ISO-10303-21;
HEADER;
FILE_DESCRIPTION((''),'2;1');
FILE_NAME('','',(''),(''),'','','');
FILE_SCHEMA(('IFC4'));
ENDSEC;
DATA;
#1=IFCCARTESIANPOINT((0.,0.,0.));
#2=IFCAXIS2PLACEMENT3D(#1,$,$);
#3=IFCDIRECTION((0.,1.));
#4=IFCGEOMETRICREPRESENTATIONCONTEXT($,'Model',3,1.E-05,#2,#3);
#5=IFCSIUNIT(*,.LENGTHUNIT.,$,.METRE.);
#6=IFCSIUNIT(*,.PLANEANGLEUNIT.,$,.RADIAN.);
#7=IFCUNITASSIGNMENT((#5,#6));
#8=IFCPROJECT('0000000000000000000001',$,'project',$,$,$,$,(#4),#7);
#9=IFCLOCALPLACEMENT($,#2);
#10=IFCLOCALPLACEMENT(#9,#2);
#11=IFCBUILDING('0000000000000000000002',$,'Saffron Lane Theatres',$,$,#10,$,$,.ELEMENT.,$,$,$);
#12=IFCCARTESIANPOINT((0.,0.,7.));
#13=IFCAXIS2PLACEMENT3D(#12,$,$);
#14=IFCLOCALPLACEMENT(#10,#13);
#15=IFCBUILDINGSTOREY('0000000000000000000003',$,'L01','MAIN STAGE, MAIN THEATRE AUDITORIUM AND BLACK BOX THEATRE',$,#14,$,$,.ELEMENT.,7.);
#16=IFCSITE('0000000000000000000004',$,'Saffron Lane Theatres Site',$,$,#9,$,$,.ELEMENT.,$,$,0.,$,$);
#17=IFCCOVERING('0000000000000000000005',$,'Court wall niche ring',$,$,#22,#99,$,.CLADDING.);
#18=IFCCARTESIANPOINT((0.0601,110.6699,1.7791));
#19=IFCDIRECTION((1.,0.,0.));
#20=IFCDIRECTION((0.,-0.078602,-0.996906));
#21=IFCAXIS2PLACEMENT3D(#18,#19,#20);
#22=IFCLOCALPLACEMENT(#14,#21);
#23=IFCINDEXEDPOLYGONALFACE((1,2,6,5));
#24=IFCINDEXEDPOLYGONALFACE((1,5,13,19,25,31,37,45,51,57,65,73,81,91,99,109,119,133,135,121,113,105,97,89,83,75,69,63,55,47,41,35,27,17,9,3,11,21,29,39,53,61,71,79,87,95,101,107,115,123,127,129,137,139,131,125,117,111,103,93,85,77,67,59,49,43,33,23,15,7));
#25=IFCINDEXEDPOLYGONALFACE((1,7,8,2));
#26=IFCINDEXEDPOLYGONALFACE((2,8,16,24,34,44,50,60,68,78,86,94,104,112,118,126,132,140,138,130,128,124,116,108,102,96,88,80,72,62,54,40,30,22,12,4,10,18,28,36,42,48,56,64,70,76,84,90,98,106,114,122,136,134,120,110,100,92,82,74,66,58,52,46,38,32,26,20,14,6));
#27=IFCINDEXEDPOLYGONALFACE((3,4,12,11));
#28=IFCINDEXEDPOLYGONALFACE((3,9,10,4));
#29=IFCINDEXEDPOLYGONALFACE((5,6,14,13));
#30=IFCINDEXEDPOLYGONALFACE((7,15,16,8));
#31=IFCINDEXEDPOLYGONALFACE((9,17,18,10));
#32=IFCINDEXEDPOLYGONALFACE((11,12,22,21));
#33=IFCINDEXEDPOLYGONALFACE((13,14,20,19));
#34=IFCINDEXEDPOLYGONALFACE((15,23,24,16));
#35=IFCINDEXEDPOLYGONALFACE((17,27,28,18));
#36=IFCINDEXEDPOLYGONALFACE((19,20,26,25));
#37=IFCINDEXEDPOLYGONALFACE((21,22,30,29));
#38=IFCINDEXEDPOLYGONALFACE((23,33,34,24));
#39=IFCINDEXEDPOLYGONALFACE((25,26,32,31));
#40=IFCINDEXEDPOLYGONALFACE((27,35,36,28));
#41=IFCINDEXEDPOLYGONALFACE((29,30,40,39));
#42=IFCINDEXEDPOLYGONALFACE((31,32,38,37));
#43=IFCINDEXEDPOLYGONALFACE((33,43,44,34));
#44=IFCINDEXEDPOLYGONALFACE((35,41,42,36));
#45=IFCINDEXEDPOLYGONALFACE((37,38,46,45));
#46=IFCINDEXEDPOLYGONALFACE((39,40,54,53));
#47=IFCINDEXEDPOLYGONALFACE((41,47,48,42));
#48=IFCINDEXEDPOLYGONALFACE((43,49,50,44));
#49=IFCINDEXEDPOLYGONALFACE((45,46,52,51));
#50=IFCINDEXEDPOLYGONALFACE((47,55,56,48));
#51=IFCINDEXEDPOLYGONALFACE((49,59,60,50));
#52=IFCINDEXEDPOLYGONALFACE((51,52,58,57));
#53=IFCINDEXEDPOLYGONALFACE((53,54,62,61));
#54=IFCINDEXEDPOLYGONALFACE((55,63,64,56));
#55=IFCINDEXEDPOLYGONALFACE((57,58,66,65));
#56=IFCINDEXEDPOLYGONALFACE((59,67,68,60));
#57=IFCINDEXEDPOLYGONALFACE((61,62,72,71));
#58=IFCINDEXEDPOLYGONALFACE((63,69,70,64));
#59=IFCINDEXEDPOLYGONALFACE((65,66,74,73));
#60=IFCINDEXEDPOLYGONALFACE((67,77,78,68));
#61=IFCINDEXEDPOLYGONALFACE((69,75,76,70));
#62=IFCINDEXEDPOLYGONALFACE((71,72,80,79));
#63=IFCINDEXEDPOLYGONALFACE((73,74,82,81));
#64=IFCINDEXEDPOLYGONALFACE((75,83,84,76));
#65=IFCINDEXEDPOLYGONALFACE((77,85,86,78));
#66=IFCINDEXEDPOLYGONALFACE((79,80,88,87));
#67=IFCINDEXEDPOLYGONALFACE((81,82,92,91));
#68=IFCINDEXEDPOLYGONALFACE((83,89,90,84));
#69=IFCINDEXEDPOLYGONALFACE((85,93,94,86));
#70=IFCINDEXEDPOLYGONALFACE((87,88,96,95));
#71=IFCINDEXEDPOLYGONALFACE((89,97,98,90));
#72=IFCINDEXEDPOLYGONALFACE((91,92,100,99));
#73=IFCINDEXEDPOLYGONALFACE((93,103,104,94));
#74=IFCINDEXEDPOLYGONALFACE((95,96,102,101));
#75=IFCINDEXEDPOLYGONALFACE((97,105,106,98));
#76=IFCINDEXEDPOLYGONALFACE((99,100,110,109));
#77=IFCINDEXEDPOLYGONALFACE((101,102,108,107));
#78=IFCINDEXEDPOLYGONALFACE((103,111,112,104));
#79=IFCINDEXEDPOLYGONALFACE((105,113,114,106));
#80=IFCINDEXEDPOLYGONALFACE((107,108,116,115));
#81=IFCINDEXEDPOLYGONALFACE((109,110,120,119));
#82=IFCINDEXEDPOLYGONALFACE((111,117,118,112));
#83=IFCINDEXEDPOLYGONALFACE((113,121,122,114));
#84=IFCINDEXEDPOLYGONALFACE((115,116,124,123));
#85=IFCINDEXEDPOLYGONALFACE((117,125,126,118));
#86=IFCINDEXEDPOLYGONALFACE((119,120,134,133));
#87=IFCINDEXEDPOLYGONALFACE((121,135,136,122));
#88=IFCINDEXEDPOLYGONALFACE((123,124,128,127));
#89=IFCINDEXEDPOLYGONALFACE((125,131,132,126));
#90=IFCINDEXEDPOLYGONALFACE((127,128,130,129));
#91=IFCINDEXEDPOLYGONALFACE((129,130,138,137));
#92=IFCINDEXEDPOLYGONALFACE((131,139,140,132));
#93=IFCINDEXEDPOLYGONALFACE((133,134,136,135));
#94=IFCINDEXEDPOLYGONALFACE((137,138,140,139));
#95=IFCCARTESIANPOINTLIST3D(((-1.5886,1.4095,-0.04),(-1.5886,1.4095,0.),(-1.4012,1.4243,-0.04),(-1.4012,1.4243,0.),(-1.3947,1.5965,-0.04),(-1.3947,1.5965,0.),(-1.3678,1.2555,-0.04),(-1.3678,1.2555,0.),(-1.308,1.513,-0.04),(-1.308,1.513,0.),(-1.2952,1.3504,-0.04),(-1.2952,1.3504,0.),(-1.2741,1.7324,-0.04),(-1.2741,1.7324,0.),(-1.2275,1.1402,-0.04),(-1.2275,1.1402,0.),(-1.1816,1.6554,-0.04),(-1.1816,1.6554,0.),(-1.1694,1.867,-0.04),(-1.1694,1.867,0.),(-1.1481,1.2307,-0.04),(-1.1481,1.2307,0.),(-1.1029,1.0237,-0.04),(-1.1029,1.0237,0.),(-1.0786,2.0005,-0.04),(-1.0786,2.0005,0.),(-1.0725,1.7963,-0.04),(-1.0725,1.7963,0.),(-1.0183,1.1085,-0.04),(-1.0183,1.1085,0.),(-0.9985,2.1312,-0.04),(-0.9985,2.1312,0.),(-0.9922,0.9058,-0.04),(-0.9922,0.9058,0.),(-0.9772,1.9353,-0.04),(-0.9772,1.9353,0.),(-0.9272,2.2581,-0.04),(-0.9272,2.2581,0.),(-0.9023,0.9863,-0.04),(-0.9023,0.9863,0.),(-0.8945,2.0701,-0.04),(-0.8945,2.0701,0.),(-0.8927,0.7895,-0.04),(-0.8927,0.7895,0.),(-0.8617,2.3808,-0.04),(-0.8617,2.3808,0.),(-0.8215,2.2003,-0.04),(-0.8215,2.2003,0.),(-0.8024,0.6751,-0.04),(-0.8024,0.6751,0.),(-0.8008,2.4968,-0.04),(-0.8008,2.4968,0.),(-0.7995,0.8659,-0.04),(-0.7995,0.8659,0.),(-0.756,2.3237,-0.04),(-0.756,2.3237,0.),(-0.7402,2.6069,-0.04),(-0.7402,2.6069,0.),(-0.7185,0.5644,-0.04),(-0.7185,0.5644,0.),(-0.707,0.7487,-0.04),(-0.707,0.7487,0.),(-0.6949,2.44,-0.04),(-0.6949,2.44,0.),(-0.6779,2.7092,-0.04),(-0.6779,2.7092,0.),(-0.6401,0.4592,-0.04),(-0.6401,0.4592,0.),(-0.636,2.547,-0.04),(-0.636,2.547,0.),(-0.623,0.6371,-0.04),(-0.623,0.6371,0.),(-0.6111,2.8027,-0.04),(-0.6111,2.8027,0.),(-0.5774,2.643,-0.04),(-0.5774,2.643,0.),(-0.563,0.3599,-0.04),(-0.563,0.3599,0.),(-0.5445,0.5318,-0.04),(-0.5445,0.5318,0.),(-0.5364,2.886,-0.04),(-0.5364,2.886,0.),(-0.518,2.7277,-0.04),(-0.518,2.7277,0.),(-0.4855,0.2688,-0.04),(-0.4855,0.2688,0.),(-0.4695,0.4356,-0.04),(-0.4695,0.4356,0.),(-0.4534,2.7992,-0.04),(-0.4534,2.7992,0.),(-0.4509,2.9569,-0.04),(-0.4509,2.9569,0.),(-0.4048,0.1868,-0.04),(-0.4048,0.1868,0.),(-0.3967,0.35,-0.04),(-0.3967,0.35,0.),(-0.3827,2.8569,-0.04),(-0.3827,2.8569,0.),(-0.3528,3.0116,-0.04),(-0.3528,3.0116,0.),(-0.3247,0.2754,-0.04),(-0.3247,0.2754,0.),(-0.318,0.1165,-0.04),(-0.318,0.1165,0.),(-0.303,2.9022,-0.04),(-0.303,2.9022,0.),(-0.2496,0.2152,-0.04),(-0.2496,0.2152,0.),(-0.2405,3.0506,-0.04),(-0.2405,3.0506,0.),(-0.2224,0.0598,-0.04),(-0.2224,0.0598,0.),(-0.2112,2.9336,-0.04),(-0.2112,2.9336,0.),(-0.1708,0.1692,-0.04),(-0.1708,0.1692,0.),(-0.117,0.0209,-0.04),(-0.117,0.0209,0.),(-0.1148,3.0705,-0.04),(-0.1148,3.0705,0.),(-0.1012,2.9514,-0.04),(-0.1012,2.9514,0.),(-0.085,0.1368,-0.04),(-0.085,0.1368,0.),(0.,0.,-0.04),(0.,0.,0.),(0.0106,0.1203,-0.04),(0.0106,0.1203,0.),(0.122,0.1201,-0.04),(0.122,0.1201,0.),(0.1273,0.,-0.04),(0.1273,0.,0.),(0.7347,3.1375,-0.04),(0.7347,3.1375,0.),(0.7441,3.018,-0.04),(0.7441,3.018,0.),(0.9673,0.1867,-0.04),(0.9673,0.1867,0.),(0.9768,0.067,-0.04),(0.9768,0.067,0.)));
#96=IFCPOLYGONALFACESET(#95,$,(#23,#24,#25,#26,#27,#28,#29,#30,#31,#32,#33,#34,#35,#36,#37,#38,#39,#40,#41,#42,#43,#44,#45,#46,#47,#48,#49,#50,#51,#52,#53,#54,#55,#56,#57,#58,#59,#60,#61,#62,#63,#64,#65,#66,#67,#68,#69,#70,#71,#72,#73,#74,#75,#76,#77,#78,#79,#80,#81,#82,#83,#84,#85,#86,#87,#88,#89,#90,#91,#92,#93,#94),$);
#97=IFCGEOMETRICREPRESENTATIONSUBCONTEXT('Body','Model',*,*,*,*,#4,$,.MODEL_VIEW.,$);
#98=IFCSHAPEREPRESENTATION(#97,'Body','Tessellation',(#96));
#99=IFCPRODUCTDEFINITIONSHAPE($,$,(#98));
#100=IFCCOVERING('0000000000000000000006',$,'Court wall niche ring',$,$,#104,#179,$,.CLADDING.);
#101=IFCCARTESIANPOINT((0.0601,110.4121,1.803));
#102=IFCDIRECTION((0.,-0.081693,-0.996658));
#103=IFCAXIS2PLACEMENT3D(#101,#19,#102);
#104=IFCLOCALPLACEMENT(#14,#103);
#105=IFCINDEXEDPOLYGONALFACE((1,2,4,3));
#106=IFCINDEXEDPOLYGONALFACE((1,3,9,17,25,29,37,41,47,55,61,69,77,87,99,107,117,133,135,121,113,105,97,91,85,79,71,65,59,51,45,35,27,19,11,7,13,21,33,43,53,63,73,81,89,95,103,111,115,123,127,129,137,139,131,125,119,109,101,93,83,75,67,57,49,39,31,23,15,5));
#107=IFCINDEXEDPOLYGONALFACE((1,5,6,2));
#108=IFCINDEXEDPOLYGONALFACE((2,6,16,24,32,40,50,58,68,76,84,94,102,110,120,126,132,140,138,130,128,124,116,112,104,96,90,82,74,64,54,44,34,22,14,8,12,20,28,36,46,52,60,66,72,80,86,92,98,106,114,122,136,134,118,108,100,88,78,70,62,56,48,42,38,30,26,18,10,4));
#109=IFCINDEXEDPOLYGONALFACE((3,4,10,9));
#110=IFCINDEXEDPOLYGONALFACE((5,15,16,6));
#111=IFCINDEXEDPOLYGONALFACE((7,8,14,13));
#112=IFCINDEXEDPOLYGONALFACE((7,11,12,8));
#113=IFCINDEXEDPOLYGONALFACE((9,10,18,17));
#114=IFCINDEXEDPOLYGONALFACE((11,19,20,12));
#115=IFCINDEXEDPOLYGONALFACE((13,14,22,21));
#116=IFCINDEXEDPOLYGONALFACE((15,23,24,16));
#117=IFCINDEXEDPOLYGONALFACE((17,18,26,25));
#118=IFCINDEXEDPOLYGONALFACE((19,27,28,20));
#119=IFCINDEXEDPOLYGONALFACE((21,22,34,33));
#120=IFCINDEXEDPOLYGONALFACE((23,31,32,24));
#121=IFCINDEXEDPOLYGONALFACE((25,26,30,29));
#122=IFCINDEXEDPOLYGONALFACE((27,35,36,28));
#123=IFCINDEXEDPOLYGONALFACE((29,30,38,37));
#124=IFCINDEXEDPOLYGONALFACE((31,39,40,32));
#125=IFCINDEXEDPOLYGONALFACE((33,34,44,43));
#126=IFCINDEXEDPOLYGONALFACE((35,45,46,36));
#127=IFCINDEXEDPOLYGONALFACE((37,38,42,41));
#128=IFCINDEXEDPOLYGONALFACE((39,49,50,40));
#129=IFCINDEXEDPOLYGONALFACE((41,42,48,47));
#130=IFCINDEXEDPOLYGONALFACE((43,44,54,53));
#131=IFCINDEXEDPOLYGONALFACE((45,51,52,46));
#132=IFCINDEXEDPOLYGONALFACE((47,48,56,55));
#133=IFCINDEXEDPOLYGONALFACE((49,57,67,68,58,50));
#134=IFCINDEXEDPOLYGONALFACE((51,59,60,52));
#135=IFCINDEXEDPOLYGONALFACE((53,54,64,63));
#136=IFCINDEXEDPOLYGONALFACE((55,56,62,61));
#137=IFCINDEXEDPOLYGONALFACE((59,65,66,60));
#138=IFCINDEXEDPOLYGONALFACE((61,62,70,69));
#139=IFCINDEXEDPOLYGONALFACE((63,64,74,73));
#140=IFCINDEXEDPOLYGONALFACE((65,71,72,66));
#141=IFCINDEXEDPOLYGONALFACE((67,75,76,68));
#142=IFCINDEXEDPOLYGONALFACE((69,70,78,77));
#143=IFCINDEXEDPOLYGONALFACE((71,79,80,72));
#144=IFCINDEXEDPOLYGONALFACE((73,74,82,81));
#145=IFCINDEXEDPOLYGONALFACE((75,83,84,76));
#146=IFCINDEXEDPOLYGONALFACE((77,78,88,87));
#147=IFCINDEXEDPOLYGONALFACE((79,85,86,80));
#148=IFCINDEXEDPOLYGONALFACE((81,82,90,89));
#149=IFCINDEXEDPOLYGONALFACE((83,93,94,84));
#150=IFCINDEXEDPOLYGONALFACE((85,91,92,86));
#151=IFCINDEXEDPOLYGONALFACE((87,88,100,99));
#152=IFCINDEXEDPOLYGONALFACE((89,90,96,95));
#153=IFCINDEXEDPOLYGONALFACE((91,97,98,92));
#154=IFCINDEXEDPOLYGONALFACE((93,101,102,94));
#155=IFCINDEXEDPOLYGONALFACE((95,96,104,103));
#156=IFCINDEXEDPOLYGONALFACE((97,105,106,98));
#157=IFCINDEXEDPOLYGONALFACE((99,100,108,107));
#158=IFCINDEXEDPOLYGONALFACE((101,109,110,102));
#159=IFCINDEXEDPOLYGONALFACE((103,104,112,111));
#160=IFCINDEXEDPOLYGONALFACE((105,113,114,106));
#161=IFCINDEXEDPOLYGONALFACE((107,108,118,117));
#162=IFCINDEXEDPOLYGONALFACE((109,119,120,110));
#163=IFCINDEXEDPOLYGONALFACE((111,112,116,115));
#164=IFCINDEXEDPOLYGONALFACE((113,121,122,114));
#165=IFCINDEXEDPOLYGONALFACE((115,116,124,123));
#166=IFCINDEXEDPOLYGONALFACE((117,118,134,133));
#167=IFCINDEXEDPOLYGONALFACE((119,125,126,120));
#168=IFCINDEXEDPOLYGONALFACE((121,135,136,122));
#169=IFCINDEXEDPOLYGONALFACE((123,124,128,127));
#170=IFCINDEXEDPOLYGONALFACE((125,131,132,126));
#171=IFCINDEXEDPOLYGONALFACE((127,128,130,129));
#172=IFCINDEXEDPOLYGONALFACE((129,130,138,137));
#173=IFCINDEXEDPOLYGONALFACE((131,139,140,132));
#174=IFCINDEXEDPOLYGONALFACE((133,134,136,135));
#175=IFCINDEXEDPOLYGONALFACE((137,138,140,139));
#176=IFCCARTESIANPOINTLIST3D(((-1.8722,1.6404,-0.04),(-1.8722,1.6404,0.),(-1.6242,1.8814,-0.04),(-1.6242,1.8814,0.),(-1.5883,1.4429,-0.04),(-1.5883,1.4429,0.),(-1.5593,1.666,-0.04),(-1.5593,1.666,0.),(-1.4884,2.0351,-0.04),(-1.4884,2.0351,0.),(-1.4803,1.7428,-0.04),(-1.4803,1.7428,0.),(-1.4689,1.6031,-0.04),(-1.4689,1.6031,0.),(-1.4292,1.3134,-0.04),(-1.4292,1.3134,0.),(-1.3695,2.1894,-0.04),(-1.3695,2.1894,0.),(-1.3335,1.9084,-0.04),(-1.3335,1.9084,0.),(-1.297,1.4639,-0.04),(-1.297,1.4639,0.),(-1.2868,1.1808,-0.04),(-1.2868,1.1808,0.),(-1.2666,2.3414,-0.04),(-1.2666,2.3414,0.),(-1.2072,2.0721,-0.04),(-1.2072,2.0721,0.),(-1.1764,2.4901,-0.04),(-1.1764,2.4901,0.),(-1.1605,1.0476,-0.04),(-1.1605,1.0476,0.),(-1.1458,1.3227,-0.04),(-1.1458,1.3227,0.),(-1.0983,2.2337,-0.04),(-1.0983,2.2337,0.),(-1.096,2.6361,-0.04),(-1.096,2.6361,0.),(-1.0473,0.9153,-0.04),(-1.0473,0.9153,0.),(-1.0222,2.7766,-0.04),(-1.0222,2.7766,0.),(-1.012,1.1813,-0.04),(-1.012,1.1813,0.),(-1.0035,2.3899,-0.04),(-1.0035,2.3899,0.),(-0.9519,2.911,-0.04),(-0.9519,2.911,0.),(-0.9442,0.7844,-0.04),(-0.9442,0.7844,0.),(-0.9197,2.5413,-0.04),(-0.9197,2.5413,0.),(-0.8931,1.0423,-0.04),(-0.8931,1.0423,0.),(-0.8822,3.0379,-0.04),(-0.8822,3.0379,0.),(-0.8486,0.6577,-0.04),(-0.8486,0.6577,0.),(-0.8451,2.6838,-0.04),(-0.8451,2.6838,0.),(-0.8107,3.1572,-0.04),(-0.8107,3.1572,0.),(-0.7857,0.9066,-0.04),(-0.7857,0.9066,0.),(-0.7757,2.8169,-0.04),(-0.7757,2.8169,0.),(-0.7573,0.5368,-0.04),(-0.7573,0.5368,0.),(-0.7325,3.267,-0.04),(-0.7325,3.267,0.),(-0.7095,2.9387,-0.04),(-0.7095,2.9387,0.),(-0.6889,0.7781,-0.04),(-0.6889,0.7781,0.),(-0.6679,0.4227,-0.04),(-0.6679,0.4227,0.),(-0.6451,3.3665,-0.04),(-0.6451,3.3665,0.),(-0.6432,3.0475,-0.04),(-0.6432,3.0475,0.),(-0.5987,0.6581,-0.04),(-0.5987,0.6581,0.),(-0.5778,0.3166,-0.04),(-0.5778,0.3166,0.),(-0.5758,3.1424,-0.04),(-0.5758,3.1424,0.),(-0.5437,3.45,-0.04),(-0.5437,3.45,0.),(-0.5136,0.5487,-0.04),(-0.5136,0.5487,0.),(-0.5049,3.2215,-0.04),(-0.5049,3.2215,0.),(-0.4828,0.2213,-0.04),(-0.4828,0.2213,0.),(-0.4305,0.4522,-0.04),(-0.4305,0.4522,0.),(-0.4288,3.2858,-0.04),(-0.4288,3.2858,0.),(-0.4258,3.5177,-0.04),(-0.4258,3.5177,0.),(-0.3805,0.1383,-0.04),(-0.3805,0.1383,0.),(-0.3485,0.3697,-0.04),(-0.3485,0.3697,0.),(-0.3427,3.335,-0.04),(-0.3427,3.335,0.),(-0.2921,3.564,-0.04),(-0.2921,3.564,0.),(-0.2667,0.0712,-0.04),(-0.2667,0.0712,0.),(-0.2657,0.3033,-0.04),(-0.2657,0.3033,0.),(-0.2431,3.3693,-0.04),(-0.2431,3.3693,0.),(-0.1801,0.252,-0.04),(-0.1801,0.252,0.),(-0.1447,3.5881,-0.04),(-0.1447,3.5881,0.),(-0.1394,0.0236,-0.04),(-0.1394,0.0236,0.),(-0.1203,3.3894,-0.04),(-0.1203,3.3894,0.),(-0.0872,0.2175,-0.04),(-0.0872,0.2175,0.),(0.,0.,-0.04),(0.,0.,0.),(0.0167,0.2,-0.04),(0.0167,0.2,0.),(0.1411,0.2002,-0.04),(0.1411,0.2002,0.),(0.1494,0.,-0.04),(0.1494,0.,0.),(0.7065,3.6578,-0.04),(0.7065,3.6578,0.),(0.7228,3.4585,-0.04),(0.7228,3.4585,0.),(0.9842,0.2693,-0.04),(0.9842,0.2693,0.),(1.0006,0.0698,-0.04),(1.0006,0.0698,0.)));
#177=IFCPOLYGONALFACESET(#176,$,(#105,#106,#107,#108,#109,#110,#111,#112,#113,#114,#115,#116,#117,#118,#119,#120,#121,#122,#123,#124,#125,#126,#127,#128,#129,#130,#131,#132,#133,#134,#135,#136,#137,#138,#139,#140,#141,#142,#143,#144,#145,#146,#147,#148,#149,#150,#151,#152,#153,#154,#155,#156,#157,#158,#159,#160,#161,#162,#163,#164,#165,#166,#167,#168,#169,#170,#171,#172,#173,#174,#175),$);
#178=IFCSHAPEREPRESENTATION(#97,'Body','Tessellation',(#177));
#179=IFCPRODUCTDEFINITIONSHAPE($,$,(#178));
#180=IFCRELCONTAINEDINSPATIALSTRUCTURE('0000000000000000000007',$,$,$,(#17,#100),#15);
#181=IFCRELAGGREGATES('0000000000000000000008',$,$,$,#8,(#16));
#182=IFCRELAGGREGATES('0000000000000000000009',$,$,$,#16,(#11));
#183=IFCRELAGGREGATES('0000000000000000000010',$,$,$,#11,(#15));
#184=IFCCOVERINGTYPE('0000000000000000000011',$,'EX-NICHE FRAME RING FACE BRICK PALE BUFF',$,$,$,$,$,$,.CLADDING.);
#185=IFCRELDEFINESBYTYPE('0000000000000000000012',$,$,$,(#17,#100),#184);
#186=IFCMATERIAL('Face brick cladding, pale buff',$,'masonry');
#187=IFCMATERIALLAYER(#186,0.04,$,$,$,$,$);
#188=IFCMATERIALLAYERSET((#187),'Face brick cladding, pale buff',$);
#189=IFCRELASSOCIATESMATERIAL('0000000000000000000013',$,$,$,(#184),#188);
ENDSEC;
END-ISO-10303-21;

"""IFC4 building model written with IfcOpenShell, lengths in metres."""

from ifc_helpers import new_model, si_unit, direction, frame, origin, place, context, subcontext, project, spatial, polyline, outline, extrude, material, layer, layer_set, type_object, element, save


model = new_model("IFC4")

# Units and contexts
model_context = context("Model", 3, precision=1e-05, world=origin(), true_north=direction((0.0, 1.0)))
body_context = subcontext(model_context, "Body", "Model", "MODEL_VIEW")
ifc_project = project(units=[si_unit("LENGTHUNIT", "METRE"), si_unit("PLANEANGLEUNIT", "RADIAN")], contexts=[model_context])

# Site, building, storey
site_placement = place(None, origin())
site = spatial("IfcSite", under=ifc_project, at=site_placement, Name="Saffron Lane Theatres Site", CompositionType="ELEMENT", RefElevation=0.0)
building_placement = place(site_placement, origin())
building = spatial("IfcBuilding", under=site, at=building_placement, Name="Saffron Lane Theatres", CompositionType="ELEMENT")
storey_placement = place(building_placement, frame((0.0, 0.0, 7.0)))
storey = spatial("IfcBuildingStorey", under=building, at=storey_placement, Name="L01", Description="MAIN STAGE, MAIN THEATRE AUDITORIUM AND BLACK BOX THEATRE", CompositionType="ELEMENT", Elevation=7.0)

# Coverings
ifc_material_1 = material(Name="Face brick cladding, pale buff", Category="masonry")
ifc_layer_1 = layer(ifc_material_1, 0.04)
ifc_layer_set_1 = layer_set([ifc_layer_1], Name="Face brick cladding, pale buff")
covering_type_1 = type_object("IfcCoveringType", Name="EX-NICHE FRAME RING FACE BRICK PALE BUFF", PredefinedType="CLADDING", material=ifc_layer_set_1)
covering_1_placement = place(storey_placement, frame((0.0601, 110.6699, 1.7791), z_axis=(1.0, 0.0, 0.0), x_axis=(0.0, -0.078602, -0.996906)))
element("IfcCovering", 1, at=covering_1_placement, inside=storey, type_object=covering_type_1, Name="Court wall niche ring", PredefinedType="CLADDING", context=body_context, shape_type="SweptSolid", body=[
    extrude(outline(polyline([(0.0, 0.0), (0.1273, 0.0), (0.9768, 0.067), (0.9673, 0.1867), (0.122, 0.1201), (0.0106, 0.1203), (-0.085, 0.1368), (-0.1708, 0.1692), (-0.2496, 0.2152), (-0.3247, 0.2754), (-0.3967, 0.35), (-0.4695, 0.4356), (-0.5445, 0.5318), (-0.623, 0.6371), (-0.707, 0.7487), (-0.7995, 0.8659), (-0.9023, 0.9863), (-1.0183, 1.1085), (-1.1481, 1.2307), (-1.2952, 1.3504), (-1.4012, 1.4243), (-1.308, 1.513), (-1.1816, 1.6554), (-1.0725, 1.7963), (-0.9772, 1.9353), (-0.8945, 2.0701), (-0.8215, 2.2003), (-0.756, 2.3237), (-0.6949, 2.44), (-0.636, 2.547), (-0.5774, 2.643), (-0.518, 2.7277), (-0.4534, 2.7992), (-0.3827, 2.8569), (-0.303, 2.9022), (-0.2112, 2.9336), (-0.1012, 2.9514), (0.7441, 3.018), (0.7347, 3.1375), (-0.1148, 3.0705), (-0.2405, 3.0506), (-0.3528, 3.0116), (-0.4509, 2.9569), (-0.5364, 2.886), (-0.6111, 2.8027), (-0.6779, 2.7092), (-0.7402, 2.6069), (-0.8008, 2.4968), (-0.8617, 2.3808), (-0.9272, 2.2581), (-0.9985, 2.1312), (-1.0786, 2.0005), (-1.1694, 1.867), (-1.2741, 1.7324), (-1.3947, 1.5965), (-1.5886, 1.4095), (-1.3678, 1.2555), (-1.2275, 1.1402), (-1.1029, 1.0237), (-0.9922, 0.9058), (-0.8927, 0.7895), (-0.8024, 0.6751), (-0.7185, 0.5644), (-0.6401, 0.4592), (-0.563, 0.3599), (-0.4855, 0.2688), (-0.4048, 0.1868), (-0.318, 0.1165), (-0.2224, 0.0598), (-0.117, 0.0209), (0.0, 0.0)])), origin(), (0.0, 0.0, -1.0), 0.04),
])
covering_2_placement = place(storey_placement, frame((0.0601, 110.4121, 1.803), z_axis=(1.0, 0.0, 0.0), x_axis=(0.0, -0.081693, -0.996658)))
element("IfcCovering", 2, at=covering_2_placement, inside=storey, type_object=covering_type_1, Name="Court wall niche ring", PredefinedType="CLADDING", context=body_context, shape_type="SweptSolid", body=[
    extrude(outline(polyline([(0.0, 0.0), (0.1494, 0.0), (1.0006, 0.0698), (0.9842, 0.2693), (0.1411, 0.2002), (0.0167, 0.2), (-0.0872, 0.2175), (-0.1801, 0.252), (-0.2657, 0.3033), (-0.3485, 0.3697), (-0.4305, 0.4522), (-0.5136, 0.5487), (-0.5987, 0.6581), (-0.6889, 0.7781), (-0.7857, 0.9066), (-0.8931, 1.0423), (-1.012, 1.1813), (-1.1458, 1.3227), (-1.297, 1.4639), (-1.4689, 1.6031), (-1.5593, 1.666), (-1.4803, 1.7428), (-1.3335, 1.9084), (-1.2072, 2.0721), (-1.0983, 2.2337), (-1.0035, 2.3899), (-0.9197, 2.5413), (-0.8451, 2.6838), (-0.7757, 2.8169), (-0.7095, 2.9387), (-0.6432, 3.0475), (-0.5758, 3.1424), (-0.5049, 3.2215), (-0.4288, 3.2858), (-0.3427, 3.335), (-0.2431, 3.3693), (-0.1203, 3.3894), (0.7228, 3.4585), (0.7065, 3.6578), (-0.1447, 3.5881), (-0.2921, 3.564), (-0.4258, 3.5177), (-0.5437, 3.45), (-0.6451, 3.3665), (-0.7325, 3.267), (-0.8107, 3.1572), (-0.8822, 3.0379), (-0.9519, 2.911), (-1.0222, 2.7766), (-1.096, 2.6361), (-1.1764, 2.4901), (-1.2666, 2.3414), (-1.3695, 2.1894), (-1.4884, 2.0351), (-1.6242, 1.8814), (-1.8722, 1.6404), (-1.5883, 1.4429), (-1.4292, 1.3134), (-1.2868, 1.1808), (-1.1605, 1.0476), (-1.0473, 0.9153), (-0.9442, 0.7844), (-0.8486, 0.6577), (-0.7573, 0.5368), (-0.6679, 0.4227), (-0.5778, 0.3166), (-0.4828, 0.2213), (-0.3805, 0.1383), (-0.2667, 0.0712), (-0.1394, 0.0236), (0.0, 0.0)])), origin(), (0.0, 0.0, -1.0), 0.04),
])

save(model, "model.ifc")
